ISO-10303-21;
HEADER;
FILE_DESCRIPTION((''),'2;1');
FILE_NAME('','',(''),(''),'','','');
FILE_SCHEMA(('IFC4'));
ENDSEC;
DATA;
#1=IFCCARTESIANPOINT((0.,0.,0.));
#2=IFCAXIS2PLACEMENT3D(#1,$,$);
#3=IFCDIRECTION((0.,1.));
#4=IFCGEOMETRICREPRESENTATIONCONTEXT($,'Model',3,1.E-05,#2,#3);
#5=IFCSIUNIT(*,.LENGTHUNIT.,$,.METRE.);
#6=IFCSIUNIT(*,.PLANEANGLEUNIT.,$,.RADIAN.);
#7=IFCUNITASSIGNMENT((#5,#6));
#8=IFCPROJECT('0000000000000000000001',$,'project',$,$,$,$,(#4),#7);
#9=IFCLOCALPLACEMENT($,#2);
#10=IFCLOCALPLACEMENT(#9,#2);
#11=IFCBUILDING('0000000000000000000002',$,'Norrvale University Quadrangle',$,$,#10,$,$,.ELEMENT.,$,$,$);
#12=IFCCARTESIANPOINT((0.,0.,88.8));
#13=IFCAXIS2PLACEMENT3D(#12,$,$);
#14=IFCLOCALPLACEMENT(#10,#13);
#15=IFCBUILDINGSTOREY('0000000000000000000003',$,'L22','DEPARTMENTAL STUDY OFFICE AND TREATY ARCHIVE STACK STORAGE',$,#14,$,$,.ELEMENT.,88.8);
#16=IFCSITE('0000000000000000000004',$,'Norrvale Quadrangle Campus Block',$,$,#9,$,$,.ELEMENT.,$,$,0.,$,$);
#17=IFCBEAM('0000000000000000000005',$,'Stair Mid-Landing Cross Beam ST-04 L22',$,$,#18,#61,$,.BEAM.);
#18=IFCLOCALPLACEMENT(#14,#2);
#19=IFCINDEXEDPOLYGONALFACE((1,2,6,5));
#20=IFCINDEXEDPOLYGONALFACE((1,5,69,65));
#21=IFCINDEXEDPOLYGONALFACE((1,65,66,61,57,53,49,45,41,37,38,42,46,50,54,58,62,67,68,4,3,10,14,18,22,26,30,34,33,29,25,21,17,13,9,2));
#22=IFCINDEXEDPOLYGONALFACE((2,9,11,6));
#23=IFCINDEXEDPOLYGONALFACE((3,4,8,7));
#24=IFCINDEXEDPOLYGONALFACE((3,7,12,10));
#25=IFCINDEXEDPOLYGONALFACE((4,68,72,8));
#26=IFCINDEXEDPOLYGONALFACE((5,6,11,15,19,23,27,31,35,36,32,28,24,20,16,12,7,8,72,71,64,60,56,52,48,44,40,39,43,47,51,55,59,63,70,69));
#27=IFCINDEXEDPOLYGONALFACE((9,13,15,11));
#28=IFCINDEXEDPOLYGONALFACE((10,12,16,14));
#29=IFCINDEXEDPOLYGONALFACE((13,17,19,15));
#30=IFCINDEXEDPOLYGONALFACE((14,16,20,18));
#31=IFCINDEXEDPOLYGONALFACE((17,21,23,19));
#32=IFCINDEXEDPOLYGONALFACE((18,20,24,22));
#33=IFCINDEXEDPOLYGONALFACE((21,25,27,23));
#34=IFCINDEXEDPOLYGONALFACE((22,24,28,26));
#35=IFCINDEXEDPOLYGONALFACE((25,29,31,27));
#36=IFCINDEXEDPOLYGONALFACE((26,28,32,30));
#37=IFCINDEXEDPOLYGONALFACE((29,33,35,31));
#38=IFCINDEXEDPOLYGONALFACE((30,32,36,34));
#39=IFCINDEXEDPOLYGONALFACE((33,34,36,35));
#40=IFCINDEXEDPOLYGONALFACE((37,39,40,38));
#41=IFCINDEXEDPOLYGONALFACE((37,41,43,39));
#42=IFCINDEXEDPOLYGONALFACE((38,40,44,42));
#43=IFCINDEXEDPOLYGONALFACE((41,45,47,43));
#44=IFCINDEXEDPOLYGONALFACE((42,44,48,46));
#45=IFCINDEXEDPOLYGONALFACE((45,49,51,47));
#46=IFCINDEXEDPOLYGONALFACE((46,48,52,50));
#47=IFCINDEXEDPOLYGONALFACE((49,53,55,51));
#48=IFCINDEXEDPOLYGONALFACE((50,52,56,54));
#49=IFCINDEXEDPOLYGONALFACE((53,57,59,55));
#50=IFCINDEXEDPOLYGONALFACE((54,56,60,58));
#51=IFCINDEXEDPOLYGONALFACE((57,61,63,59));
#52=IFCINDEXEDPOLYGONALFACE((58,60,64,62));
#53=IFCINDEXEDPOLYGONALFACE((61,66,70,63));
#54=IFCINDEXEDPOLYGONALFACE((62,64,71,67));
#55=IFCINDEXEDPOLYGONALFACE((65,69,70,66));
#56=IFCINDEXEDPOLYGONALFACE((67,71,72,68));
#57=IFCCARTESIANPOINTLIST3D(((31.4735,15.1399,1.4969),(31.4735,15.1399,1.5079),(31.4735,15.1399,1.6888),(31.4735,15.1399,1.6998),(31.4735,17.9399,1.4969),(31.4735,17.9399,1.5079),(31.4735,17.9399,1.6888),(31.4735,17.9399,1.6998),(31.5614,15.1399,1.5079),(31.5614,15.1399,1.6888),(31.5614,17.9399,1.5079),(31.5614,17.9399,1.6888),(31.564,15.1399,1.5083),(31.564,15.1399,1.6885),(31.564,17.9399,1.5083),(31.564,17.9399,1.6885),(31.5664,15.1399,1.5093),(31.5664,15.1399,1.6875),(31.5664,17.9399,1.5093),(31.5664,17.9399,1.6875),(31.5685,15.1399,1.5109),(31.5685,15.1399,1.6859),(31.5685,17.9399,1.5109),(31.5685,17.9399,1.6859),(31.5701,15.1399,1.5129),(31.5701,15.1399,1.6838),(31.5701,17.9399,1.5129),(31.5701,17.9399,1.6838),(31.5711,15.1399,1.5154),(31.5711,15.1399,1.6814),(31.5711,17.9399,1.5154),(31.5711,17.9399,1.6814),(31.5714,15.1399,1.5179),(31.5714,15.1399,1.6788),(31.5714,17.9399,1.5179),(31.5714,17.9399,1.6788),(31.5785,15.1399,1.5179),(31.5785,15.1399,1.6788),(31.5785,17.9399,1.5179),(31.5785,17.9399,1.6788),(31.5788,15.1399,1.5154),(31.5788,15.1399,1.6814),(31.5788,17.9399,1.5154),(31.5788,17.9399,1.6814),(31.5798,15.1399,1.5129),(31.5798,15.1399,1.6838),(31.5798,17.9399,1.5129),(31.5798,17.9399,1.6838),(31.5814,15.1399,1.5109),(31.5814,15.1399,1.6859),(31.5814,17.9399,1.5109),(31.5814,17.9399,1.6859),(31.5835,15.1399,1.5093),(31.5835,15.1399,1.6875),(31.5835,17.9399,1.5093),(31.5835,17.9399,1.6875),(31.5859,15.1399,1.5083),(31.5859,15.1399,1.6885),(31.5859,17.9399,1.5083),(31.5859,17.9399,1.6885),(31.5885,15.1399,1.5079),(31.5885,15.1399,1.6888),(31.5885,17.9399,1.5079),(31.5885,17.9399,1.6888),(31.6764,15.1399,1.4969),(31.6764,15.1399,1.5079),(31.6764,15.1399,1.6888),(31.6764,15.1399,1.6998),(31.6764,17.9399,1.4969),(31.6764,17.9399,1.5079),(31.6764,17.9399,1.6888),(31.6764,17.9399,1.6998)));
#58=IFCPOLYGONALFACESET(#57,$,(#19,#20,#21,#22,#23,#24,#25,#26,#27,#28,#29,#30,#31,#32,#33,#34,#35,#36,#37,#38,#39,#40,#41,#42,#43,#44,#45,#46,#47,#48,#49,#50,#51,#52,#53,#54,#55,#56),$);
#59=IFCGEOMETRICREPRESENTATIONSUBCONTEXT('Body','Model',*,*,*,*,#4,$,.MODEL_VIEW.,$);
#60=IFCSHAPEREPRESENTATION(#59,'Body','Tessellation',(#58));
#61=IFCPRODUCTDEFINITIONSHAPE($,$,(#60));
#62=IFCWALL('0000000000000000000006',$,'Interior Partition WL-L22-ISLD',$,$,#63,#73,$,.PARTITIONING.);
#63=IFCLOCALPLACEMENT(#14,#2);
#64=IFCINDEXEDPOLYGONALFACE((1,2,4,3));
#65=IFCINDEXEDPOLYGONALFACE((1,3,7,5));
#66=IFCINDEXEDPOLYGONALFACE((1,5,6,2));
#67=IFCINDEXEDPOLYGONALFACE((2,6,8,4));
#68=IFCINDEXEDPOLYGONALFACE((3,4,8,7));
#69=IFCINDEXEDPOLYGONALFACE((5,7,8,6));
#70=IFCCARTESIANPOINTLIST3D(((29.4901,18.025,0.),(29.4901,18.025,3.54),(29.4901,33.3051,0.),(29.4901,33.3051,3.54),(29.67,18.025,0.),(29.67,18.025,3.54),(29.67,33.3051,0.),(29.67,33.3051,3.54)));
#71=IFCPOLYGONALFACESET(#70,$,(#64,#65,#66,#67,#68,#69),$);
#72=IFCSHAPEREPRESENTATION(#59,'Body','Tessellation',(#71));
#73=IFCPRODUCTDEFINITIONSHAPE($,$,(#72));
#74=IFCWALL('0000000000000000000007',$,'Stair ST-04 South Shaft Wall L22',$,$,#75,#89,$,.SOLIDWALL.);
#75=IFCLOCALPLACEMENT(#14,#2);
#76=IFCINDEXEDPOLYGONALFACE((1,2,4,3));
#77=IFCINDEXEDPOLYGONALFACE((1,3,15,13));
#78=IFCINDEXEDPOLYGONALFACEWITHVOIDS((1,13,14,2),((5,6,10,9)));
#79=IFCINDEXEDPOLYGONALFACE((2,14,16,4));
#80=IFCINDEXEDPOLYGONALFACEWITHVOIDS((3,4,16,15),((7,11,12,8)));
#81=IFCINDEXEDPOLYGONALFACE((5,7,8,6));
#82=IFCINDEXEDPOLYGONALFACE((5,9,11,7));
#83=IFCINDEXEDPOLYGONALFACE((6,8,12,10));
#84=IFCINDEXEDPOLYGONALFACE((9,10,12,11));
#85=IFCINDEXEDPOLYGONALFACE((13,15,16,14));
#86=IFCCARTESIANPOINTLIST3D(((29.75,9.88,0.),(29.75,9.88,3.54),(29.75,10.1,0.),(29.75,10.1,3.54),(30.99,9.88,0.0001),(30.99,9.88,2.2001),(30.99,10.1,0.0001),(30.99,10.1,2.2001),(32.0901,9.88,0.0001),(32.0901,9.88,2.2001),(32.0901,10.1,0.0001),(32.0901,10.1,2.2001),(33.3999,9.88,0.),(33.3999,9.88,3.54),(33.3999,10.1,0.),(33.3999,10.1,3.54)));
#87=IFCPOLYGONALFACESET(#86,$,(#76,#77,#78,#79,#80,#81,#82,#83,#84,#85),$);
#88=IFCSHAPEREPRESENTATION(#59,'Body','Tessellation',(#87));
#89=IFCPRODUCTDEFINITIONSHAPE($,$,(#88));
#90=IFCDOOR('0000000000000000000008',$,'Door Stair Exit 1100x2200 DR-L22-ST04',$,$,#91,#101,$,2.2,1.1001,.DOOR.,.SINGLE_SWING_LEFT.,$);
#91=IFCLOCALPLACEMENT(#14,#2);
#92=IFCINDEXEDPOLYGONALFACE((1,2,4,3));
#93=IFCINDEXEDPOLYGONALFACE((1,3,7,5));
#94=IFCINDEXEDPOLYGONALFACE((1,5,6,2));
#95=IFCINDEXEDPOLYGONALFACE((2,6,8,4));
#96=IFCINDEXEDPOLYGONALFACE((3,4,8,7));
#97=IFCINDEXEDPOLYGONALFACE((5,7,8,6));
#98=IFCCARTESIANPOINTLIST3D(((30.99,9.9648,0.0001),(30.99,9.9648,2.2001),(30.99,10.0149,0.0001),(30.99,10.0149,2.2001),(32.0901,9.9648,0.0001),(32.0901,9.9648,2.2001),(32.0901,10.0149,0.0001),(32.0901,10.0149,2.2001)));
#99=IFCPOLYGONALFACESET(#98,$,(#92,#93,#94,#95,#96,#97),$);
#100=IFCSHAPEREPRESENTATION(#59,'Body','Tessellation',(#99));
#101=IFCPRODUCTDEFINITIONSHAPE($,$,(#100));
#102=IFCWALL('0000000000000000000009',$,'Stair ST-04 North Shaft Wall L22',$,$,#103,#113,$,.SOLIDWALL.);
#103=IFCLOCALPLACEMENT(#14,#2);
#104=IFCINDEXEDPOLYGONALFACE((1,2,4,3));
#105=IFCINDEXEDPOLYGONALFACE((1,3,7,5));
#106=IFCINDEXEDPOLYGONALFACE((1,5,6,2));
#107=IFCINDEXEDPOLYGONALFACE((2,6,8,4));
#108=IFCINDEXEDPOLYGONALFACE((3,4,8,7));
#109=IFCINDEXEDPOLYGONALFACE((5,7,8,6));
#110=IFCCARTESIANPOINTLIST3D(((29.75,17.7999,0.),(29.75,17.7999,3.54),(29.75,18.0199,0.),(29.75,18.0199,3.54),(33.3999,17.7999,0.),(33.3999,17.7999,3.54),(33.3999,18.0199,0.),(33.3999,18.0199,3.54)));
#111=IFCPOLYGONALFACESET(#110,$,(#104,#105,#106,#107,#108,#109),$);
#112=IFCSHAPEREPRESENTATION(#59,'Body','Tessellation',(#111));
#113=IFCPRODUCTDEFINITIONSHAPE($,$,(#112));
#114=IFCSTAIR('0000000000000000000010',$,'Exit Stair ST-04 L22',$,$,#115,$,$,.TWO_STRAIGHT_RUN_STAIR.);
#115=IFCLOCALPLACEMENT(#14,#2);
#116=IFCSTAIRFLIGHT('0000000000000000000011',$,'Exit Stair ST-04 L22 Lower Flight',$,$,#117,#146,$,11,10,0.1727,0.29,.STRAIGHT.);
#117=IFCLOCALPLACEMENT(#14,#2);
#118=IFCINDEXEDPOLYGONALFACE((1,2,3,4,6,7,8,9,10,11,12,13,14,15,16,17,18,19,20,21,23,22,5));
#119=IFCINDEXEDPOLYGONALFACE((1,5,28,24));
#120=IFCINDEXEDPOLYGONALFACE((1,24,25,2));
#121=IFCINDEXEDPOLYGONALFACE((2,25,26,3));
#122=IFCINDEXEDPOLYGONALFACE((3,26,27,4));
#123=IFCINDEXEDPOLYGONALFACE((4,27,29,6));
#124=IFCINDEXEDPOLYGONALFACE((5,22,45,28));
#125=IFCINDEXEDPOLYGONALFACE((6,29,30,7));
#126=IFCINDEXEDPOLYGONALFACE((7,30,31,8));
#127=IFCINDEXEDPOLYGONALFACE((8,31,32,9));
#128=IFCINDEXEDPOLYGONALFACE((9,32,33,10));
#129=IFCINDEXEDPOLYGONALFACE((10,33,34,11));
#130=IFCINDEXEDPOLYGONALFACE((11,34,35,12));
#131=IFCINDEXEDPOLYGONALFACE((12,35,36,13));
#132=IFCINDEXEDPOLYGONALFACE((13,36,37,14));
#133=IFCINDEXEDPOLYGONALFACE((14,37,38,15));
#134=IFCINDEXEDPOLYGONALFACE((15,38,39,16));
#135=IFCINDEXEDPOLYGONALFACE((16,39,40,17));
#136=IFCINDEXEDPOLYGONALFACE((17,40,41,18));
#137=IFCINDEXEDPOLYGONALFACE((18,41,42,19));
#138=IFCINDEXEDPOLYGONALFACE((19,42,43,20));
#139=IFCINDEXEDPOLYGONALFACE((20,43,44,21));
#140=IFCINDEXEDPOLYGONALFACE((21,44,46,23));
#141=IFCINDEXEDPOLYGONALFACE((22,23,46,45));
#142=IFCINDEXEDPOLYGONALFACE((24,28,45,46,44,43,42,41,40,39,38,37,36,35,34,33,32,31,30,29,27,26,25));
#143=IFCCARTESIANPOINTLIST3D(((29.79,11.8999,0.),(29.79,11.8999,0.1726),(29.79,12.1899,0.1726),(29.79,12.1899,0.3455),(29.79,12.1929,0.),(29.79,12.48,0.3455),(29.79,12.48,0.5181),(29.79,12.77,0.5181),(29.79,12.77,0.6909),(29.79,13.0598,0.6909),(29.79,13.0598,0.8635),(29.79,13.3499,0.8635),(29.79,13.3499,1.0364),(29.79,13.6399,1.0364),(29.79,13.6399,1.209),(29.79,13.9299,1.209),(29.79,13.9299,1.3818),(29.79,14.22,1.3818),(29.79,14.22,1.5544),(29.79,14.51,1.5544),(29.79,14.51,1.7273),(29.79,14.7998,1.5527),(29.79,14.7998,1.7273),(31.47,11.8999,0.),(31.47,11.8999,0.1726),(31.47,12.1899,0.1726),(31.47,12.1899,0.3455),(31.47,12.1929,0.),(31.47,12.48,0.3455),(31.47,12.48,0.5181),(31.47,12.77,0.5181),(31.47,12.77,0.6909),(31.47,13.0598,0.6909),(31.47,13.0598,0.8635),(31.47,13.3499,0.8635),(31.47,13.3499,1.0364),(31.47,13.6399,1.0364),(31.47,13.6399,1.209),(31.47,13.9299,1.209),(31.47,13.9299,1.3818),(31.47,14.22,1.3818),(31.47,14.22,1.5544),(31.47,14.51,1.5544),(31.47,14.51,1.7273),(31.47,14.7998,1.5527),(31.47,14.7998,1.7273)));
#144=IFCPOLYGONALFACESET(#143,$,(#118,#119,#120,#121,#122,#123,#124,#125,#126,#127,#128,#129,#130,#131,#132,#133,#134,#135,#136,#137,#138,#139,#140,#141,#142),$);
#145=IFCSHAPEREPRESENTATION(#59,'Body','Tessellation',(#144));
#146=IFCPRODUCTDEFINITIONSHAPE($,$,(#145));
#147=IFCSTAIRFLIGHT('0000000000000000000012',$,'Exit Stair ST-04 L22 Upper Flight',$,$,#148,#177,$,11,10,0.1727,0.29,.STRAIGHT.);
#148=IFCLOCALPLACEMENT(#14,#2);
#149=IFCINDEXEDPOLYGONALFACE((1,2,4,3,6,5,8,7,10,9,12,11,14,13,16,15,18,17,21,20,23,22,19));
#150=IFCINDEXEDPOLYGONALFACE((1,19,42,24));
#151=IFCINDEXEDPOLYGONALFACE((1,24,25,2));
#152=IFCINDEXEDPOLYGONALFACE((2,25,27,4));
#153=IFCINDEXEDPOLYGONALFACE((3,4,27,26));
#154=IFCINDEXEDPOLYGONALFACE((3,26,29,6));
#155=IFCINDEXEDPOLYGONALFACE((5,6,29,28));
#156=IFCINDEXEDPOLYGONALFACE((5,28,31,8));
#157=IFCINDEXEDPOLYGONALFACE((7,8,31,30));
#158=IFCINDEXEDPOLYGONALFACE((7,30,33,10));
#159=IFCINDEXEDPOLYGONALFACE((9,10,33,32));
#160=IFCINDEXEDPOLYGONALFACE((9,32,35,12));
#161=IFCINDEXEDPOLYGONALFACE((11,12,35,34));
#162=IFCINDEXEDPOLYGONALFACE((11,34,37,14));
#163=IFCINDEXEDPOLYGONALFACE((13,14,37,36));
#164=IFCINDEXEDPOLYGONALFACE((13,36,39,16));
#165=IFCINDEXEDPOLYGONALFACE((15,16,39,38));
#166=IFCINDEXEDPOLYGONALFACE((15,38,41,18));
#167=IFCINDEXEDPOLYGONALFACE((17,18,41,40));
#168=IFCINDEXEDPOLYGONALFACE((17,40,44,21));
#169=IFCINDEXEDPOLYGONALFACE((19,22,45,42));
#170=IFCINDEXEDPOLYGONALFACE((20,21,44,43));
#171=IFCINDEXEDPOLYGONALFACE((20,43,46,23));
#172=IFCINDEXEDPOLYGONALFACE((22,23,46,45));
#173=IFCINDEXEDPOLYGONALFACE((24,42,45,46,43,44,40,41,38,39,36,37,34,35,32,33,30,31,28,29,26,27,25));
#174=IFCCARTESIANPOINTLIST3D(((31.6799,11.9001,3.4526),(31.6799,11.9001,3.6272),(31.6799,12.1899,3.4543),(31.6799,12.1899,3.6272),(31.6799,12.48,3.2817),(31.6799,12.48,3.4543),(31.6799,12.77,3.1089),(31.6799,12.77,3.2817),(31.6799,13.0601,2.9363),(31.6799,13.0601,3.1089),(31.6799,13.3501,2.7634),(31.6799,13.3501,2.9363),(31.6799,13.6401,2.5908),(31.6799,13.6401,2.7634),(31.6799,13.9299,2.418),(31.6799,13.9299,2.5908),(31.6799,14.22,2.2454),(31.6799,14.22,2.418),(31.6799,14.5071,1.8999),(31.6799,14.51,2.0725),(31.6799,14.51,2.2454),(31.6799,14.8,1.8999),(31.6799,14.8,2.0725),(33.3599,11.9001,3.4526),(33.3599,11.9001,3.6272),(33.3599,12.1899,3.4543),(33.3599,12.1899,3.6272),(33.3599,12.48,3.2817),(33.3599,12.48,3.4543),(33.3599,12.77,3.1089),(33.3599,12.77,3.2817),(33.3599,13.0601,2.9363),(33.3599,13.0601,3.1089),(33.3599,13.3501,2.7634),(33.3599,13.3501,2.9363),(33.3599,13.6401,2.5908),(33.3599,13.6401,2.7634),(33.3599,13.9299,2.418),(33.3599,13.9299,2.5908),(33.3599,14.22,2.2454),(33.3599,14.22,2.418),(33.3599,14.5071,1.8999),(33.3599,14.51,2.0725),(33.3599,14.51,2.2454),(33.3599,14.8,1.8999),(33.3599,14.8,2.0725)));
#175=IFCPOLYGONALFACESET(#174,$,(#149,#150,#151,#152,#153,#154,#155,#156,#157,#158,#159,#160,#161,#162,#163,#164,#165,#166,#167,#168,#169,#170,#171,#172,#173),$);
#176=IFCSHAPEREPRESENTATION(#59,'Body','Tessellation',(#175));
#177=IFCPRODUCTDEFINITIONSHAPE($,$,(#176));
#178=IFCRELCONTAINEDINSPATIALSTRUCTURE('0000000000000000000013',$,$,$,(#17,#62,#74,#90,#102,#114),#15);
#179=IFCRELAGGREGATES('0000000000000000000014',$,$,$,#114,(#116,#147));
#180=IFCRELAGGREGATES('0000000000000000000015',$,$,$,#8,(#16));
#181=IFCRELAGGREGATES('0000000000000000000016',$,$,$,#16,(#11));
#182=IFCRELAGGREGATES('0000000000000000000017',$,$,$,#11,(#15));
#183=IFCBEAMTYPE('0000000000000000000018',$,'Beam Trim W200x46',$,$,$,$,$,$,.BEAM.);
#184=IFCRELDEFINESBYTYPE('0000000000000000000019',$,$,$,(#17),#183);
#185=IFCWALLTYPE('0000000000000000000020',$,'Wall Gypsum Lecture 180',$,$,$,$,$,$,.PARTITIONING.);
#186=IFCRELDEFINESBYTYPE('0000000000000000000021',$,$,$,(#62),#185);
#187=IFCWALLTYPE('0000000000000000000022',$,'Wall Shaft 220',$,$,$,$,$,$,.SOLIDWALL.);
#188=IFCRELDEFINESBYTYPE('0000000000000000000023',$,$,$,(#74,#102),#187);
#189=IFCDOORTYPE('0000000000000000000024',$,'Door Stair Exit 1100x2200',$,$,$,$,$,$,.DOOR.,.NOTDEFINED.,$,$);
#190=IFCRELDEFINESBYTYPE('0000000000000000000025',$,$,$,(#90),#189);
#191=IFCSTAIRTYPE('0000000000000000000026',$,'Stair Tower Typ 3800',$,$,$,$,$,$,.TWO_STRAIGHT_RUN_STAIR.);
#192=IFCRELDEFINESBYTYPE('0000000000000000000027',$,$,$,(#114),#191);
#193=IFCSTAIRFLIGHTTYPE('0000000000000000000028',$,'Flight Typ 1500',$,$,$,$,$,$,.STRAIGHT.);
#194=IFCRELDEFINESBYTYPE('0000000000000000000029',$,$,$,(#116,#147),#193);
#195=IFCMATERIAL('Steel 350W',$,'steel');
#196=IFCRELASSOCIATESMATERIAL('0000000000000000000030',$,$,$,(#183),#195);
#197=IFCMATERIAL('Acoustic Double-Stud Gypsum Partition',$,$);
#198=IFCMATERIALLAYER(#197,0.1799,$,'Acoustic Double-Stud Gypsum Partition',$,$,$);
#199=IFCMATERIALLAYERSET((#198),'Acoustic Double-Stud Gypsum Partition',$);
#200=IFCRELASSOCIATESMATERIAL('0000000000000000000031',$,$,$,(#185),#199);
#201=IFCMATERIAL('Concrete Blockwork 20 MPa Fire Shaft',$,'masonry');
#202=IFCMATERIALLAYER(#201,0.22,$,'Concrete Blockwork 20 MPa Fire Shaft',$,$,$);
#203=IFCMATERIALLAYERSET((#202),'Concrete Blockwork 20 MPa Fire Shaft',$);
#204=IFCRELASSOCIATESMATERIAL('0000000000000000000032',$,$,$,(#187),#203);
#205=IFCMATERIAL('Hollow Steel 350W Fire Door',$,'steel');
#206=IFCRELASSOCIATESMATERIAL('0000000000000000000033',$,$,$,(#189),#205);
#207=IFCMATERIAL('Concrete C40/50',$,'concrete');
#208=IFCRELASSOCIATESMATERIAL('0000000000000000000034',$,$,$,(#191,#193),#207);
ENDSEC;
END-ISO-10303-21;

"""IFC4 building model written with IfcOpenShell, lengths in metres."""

from ifc_helpers import new_model, si_unit, direction, frame, frame_2d, origin, origin_2d, place, context, subcontext, project, spatial, polyline, rectangle, i_section, outline, extrude, material, layer, layer_set, material_profile, profile_set, type_object, element, fill, aggregate, save


model = new_model("IFC4")

# Units and contexts
model_context = context("Model", 3, precision=1e-05, world=origin(), true_north=direction((0.0, 1.0)))
body_context = subcontext(model_context, "Body", "Model", "MODEL_VIEW")
ifc_project = project(units=[si_unit("LENGTHUNIT", "METRE"), si_unit("PLANEANGLEUNIT", "RADIAN")], contexts=[model_context])

# Site, building, storey
site_placement = place(None, origin())
site = spatial("IfcSite", under=ifc_project, at=site_placement, Name="Norrvale Quadrangle Campus Block", CompositionType="ELEMENT", RefElevation=0.0)
building_placement = place(site_placement, origin())
building = spatial("IfcBuilding", under=site, at=building_placement, Name="Norrvale University Quadrangle", CompositionType="ELEMENT")
storey_placement = place(building_placement, frame((0.0, 0.0, 88.8)))
storey = spatial("IfcBuildingStorey", under=building, at=storey_placement, Name="L22", Description="DEPARTMENTAL STUDY OFFICE AND TREATY ARCHIVE STACK STORAGE", CompositionType="ELEMENT", Elevation=88.8)

# Beam
ifc_material_1 = material(Name="Steel 350W", Category="steel")
ifc_material_profile_1 = material_profile(ifc_material_1, i_section(OverallWidth=0.2029, OverallDepth=0.2029, WebThickness=0.0071, FlangeThickness=0.011, FilletRadius=0.01, at=origin_2d()), Name="Steel 350W")
ifc_profile_set_1 = profile_set([ifc_material_profile_1], Name="Steel 350W")
beam_type_1 = type_object("IfcBeamType", Name="Beam Trim W200x46", PredefinedType="BEAM", material=ifc_profile_set_1)
beam_1_placement = place(storey_placement, frame((31.575, 15.1399, 1.5984), z_axis=(0.0, 1.0, 0.0), x_axis=(-1.0, 0.0, 0.0)))
element("IfcBeam", 1, at=beam_1_placement, inside=storey, type_object=beam_type_1, Name="Stair Mid-Landing Cross Beam ST-04 L22", PredefinedType="BEAM", context=body_context, shape_type="SweptSolid", body=[
    extrude(i_section(OverallWidth=0.2029, OverallDepth=0.2029, WebThickness=0.0071, FlangeThickness=0.011, FilletRadius=0.01, at=origin_2d()), origin(), (0.0, 0.0, 1.0), 2.8),
])

# Wall
ifc_material_2 = material(Name="Acoustic Double-Stud Gypsum Partition")
ifc_layer_1 = layer(ifc_material_2, 0.1799, Name="Acoustic Double-Stud Gypsum Partition")
ifc_layer_set_1 = layer_set([ifc_layer_1], Name="Acoustic Double-Stud Gypsum Partition")
wall_type_1 = type_object("IfcWallType", Name="Wall Gypsum Lecture 180", PredefinedType="PARTITIONING", material=ifc_layer_set_1)
wall_1_placement = place(storey_placement, frame((29.5801, 18.0249, 0.0), z_axis=(0.0, 0.0, 1.0), x_axis=(0.0, 1.0, 0.0)))
element("IfcWall", 2, at=wall_1_placement, inside=storey, type_object=wall_type_1, Name="Interior Partition WL-L22-ISLD", PredefinedType="PARTITIONING", context=body_context, shape_type="SweptSolid", body=[
    extrude(rectangle(XDim=15.28, YDim=0.1799, at=frame_2d((7.6401, 0.0))), origin(), (0.0, 0.0, 1.0), 3.54),
])

# Wall, opening, door
ifc_material_3 = material(Name="Concrete Blockwork 20 MPa Fire Shaft", Category="masonry")
ifc_layer_2 = layer(ifc_material_3, 0.22, Name="Concrete Blockwork 20 MPa Fire Shaft")
ifc_layer_set_2 = layer_set([ifc_layer_2], Name="Concrete Blockwork 20 MPa Fire Shaft")
wall_type_2 = type_object("IfcWallType", Name="Wall Shaft 220", PredefinedType="SOLIDWALL", material=ifc_layer_set_2)
wall_2_placement = place(storey_placement, frame((29.75, 9.99, 0.0), z_axis=(0.0, 0.0, 1.0), x_axis=(1.0, 0.0, 0.0)))
wall_2 = element("IfcWall", 3, at=wall_2_placement, inside=storey, type_object=wall_type_2, Name="Stair ST-04 South Shaft Wall L22", PredefinedType="SOLIDWALL", context=body_context, shape_type="SweptSolid", body=[
    extrude(rectangle(XDim=3.6499, YDim=0.22, at=frame_2d((1.825, 0.0))), origin(), (0.0, 0.0, 1.0), 3.54),
])
opening_placement = place(wall_2_placement, frame((1.24, 0.0, 0.0)))
opening = element("IfcOpeningElement", 4, at=opening_placement, cuts=wall_2, PredefinedType="OPENING", context=body_context, shape_type="SweptSolid", body=[
    extrude(rectangle(XDim=1.1001, YDim=2.2, at=frame_2d((0.55, 1.1001))), frame((0.0, 0.1221, 0.0), z_axis=(0.0, -1.0, 0.0), x_axis=(1.0, 0.0, 0.0)), (0.0, 0.0, 1.0), 0.2439),
])
ifc_material_4 = material(Name="Hollow Steel 350W Fire Door", Category="steel")
door_type = type_object("IfcDoorType", Name="Door Stair Exit 1100x2200", OperationType="NOTDEFINED", PredefinedType="DOOR", material=ifc_material_4)
door_placement = place(opening_placement, origin())
door = element("IfcDoor", 5, at=door_placement, inside=storey, type_object=door_type, Name="Door Stair Exit 1100x2200 DR-L22-ST04", OperationType="SINGLE_SWING_LEFT", OverallHeight=2.2, OverallWidth=1.1001, PredefinedType="DOOR", context=body_context, shape_type="SweptSolid", body=[
    extrude(rectangle(XDim=1.1001, YDim=2.2, at=frame_2d((0.55, 1.1001))), frame((0.0, 0.0249, 0.0), z_axis=(0.0, -1.0, 0.0), x_axis=(1.0, 0.0, 0.0)), (0.0, 0.0, 1.0), 0.05),
])
fill(opening, door)

# Wall
wall_3_placement = place(storey_placement, frame((29.75, 17.9099, 0.0), z_axis=(0.0, 0.0, 1.0), x_axis=(1.0, 0.0, 0.0)))
element("IfcWall", 6, at=wall_3_placement, inside=storey, type_object=wall_type_2, Name="Stair ST-04 North Shaft Wall L22", PredefinedType="SOLIDWALL", context=body_context, shape_type="SweptSolid", body=[
    extrude(rectangle(XDim=3.6499, YDim=0.22, at=frame_2d((1.825, 0.0))), origin(), (0.0, 0.0, 1.0), 3.54),
])

# Stair, stair flights
ifc_material_5 = material(Name="Concrete C40/50", Category="concrete")
stair_type = type_object("IfcStairType", Name="Stair Tower Typ 3800", PredefinedType="TWO_STRAIGHT_RUN_STAIR", material=ifc_material_5)
stair_placement = place(storey_placement, origin())
stair = element("IfcStair", 7, at=stair_placement, inside=storey, type_object=stair_type, Name="Exit Stair ST-04 L22", PredefinedType="TWO_STRAIGHT_RUN_STAIR")
stair_flight_type = type_object("IfcStairFlightType", Name="Flight Typ 1500", PredefinedType="STRAIGHT", material=ifc_material_5)
stair_flight_1_placement = place(storey_placement, frame((30.6299, 11.8999, 0.0), z_axis=(0.0, 0.0, 1.0), x_axis=(0.0, 1.0, 0.0)))
stair_flight_1 = element("IfcStairFlight", 8, at=stair_flight_1_placement, type_object=stair_flight_type, Name="Exit Stair ST-04 L22 Lower Flight", NumberOfRisers=11, NumberOfTreads=10, PredefinedType="STRAIGHT", RiserHeight=0.1727, TreadLength=0.29, context=body_context, shape_type="SweptSolid", body=[
    extrude(outline(polyline([(0.0, 0.0), (0.0, 0.1726), (0.29, 0.1726), (0.29, 0.3455), (0.5801, 0.3455), (0.5801, 0.5181), (0.8701, 0.5181), (0.8701, 0.6909), (1.1599, 0.6909), (1.1599, 0.8635), (1.45, 0.8635), (1.45, 1.0364), (1.74, 1.0364), (1.74, 1.209), (2.03, 1.209), (2.03, 1.3818), (2.3201, 1.3818), (2.3201, 1.5544), (2.6101, 1.5544), (2.6101, 1.7273), (2.8999, 1.7273), (2.8999, 1.8999), (2.8999, 1.5527), (0.293, 0.0), (0.0, 0.0)])), frame((0.0, 0.8398, 0.0), z_axis=(0.0, -1.0, 0.0), x_axis=(1.0, 0.0, 0.0)), (0.0, 0.0, 1.0), 1.6799),
])
stair_flight_2_placement = place(storey_placement, frame((32.52, 14.8, 1.8999), z_axis=(0.0, 0.0, 1.0), x_axis=(0.0, -1.0, 0.0)))
stair_flight_2 = element("IfcStairFlight", 9, at=stair_flight_2_placement, type_object=stair_flight_type, Name="Exit Stair ST-04 L22 Upper Flight", NumberOfRisers=11, NumberOfTreads=10, PredefinedType="STRAIGHT", RiserHeight=0.1727, TreadLength=0.29, context=body_context, shape_type="SweptSolid", body=[
    extrude(outline(polyline([(0.0, 0.0), (0.0, 0.1726), (0.29, 0.1726), (0.29, 0.3455), (0.5801, 0.3455), (0.5801, 0.5181), (0.8701, 0.5181), (0.8701, 0.6909), (1.1599, 0.6909), (1.1599, 0.8635), (1.45, 0.8635), (1.45, 1.0364), (1.74, 1.0364), (1.74, 1.209), (2.03, 1.209), (2.03, 1.3818), (2.3201, 1.3818), (2.3201, 1.5544), (2.6101, 1.5544), (2.6101, 1.7273), (2.8999, 1.7273), (2.8999, 1.8999), (2.8999, 1.5527), (0.293, 0.0), (0.0, 0.0)])), frame((0.0, 0.8398, 0.0), z_axis=(0.0, -1.0, 0.0), x_axis=(1.0, 0.0, 0.0)), (0.0, 0.0, 1.0), 1.6799),
])
aggregate(stair, [stair_flight_1, stair_flight_2])

save(model, "model.ifc")
